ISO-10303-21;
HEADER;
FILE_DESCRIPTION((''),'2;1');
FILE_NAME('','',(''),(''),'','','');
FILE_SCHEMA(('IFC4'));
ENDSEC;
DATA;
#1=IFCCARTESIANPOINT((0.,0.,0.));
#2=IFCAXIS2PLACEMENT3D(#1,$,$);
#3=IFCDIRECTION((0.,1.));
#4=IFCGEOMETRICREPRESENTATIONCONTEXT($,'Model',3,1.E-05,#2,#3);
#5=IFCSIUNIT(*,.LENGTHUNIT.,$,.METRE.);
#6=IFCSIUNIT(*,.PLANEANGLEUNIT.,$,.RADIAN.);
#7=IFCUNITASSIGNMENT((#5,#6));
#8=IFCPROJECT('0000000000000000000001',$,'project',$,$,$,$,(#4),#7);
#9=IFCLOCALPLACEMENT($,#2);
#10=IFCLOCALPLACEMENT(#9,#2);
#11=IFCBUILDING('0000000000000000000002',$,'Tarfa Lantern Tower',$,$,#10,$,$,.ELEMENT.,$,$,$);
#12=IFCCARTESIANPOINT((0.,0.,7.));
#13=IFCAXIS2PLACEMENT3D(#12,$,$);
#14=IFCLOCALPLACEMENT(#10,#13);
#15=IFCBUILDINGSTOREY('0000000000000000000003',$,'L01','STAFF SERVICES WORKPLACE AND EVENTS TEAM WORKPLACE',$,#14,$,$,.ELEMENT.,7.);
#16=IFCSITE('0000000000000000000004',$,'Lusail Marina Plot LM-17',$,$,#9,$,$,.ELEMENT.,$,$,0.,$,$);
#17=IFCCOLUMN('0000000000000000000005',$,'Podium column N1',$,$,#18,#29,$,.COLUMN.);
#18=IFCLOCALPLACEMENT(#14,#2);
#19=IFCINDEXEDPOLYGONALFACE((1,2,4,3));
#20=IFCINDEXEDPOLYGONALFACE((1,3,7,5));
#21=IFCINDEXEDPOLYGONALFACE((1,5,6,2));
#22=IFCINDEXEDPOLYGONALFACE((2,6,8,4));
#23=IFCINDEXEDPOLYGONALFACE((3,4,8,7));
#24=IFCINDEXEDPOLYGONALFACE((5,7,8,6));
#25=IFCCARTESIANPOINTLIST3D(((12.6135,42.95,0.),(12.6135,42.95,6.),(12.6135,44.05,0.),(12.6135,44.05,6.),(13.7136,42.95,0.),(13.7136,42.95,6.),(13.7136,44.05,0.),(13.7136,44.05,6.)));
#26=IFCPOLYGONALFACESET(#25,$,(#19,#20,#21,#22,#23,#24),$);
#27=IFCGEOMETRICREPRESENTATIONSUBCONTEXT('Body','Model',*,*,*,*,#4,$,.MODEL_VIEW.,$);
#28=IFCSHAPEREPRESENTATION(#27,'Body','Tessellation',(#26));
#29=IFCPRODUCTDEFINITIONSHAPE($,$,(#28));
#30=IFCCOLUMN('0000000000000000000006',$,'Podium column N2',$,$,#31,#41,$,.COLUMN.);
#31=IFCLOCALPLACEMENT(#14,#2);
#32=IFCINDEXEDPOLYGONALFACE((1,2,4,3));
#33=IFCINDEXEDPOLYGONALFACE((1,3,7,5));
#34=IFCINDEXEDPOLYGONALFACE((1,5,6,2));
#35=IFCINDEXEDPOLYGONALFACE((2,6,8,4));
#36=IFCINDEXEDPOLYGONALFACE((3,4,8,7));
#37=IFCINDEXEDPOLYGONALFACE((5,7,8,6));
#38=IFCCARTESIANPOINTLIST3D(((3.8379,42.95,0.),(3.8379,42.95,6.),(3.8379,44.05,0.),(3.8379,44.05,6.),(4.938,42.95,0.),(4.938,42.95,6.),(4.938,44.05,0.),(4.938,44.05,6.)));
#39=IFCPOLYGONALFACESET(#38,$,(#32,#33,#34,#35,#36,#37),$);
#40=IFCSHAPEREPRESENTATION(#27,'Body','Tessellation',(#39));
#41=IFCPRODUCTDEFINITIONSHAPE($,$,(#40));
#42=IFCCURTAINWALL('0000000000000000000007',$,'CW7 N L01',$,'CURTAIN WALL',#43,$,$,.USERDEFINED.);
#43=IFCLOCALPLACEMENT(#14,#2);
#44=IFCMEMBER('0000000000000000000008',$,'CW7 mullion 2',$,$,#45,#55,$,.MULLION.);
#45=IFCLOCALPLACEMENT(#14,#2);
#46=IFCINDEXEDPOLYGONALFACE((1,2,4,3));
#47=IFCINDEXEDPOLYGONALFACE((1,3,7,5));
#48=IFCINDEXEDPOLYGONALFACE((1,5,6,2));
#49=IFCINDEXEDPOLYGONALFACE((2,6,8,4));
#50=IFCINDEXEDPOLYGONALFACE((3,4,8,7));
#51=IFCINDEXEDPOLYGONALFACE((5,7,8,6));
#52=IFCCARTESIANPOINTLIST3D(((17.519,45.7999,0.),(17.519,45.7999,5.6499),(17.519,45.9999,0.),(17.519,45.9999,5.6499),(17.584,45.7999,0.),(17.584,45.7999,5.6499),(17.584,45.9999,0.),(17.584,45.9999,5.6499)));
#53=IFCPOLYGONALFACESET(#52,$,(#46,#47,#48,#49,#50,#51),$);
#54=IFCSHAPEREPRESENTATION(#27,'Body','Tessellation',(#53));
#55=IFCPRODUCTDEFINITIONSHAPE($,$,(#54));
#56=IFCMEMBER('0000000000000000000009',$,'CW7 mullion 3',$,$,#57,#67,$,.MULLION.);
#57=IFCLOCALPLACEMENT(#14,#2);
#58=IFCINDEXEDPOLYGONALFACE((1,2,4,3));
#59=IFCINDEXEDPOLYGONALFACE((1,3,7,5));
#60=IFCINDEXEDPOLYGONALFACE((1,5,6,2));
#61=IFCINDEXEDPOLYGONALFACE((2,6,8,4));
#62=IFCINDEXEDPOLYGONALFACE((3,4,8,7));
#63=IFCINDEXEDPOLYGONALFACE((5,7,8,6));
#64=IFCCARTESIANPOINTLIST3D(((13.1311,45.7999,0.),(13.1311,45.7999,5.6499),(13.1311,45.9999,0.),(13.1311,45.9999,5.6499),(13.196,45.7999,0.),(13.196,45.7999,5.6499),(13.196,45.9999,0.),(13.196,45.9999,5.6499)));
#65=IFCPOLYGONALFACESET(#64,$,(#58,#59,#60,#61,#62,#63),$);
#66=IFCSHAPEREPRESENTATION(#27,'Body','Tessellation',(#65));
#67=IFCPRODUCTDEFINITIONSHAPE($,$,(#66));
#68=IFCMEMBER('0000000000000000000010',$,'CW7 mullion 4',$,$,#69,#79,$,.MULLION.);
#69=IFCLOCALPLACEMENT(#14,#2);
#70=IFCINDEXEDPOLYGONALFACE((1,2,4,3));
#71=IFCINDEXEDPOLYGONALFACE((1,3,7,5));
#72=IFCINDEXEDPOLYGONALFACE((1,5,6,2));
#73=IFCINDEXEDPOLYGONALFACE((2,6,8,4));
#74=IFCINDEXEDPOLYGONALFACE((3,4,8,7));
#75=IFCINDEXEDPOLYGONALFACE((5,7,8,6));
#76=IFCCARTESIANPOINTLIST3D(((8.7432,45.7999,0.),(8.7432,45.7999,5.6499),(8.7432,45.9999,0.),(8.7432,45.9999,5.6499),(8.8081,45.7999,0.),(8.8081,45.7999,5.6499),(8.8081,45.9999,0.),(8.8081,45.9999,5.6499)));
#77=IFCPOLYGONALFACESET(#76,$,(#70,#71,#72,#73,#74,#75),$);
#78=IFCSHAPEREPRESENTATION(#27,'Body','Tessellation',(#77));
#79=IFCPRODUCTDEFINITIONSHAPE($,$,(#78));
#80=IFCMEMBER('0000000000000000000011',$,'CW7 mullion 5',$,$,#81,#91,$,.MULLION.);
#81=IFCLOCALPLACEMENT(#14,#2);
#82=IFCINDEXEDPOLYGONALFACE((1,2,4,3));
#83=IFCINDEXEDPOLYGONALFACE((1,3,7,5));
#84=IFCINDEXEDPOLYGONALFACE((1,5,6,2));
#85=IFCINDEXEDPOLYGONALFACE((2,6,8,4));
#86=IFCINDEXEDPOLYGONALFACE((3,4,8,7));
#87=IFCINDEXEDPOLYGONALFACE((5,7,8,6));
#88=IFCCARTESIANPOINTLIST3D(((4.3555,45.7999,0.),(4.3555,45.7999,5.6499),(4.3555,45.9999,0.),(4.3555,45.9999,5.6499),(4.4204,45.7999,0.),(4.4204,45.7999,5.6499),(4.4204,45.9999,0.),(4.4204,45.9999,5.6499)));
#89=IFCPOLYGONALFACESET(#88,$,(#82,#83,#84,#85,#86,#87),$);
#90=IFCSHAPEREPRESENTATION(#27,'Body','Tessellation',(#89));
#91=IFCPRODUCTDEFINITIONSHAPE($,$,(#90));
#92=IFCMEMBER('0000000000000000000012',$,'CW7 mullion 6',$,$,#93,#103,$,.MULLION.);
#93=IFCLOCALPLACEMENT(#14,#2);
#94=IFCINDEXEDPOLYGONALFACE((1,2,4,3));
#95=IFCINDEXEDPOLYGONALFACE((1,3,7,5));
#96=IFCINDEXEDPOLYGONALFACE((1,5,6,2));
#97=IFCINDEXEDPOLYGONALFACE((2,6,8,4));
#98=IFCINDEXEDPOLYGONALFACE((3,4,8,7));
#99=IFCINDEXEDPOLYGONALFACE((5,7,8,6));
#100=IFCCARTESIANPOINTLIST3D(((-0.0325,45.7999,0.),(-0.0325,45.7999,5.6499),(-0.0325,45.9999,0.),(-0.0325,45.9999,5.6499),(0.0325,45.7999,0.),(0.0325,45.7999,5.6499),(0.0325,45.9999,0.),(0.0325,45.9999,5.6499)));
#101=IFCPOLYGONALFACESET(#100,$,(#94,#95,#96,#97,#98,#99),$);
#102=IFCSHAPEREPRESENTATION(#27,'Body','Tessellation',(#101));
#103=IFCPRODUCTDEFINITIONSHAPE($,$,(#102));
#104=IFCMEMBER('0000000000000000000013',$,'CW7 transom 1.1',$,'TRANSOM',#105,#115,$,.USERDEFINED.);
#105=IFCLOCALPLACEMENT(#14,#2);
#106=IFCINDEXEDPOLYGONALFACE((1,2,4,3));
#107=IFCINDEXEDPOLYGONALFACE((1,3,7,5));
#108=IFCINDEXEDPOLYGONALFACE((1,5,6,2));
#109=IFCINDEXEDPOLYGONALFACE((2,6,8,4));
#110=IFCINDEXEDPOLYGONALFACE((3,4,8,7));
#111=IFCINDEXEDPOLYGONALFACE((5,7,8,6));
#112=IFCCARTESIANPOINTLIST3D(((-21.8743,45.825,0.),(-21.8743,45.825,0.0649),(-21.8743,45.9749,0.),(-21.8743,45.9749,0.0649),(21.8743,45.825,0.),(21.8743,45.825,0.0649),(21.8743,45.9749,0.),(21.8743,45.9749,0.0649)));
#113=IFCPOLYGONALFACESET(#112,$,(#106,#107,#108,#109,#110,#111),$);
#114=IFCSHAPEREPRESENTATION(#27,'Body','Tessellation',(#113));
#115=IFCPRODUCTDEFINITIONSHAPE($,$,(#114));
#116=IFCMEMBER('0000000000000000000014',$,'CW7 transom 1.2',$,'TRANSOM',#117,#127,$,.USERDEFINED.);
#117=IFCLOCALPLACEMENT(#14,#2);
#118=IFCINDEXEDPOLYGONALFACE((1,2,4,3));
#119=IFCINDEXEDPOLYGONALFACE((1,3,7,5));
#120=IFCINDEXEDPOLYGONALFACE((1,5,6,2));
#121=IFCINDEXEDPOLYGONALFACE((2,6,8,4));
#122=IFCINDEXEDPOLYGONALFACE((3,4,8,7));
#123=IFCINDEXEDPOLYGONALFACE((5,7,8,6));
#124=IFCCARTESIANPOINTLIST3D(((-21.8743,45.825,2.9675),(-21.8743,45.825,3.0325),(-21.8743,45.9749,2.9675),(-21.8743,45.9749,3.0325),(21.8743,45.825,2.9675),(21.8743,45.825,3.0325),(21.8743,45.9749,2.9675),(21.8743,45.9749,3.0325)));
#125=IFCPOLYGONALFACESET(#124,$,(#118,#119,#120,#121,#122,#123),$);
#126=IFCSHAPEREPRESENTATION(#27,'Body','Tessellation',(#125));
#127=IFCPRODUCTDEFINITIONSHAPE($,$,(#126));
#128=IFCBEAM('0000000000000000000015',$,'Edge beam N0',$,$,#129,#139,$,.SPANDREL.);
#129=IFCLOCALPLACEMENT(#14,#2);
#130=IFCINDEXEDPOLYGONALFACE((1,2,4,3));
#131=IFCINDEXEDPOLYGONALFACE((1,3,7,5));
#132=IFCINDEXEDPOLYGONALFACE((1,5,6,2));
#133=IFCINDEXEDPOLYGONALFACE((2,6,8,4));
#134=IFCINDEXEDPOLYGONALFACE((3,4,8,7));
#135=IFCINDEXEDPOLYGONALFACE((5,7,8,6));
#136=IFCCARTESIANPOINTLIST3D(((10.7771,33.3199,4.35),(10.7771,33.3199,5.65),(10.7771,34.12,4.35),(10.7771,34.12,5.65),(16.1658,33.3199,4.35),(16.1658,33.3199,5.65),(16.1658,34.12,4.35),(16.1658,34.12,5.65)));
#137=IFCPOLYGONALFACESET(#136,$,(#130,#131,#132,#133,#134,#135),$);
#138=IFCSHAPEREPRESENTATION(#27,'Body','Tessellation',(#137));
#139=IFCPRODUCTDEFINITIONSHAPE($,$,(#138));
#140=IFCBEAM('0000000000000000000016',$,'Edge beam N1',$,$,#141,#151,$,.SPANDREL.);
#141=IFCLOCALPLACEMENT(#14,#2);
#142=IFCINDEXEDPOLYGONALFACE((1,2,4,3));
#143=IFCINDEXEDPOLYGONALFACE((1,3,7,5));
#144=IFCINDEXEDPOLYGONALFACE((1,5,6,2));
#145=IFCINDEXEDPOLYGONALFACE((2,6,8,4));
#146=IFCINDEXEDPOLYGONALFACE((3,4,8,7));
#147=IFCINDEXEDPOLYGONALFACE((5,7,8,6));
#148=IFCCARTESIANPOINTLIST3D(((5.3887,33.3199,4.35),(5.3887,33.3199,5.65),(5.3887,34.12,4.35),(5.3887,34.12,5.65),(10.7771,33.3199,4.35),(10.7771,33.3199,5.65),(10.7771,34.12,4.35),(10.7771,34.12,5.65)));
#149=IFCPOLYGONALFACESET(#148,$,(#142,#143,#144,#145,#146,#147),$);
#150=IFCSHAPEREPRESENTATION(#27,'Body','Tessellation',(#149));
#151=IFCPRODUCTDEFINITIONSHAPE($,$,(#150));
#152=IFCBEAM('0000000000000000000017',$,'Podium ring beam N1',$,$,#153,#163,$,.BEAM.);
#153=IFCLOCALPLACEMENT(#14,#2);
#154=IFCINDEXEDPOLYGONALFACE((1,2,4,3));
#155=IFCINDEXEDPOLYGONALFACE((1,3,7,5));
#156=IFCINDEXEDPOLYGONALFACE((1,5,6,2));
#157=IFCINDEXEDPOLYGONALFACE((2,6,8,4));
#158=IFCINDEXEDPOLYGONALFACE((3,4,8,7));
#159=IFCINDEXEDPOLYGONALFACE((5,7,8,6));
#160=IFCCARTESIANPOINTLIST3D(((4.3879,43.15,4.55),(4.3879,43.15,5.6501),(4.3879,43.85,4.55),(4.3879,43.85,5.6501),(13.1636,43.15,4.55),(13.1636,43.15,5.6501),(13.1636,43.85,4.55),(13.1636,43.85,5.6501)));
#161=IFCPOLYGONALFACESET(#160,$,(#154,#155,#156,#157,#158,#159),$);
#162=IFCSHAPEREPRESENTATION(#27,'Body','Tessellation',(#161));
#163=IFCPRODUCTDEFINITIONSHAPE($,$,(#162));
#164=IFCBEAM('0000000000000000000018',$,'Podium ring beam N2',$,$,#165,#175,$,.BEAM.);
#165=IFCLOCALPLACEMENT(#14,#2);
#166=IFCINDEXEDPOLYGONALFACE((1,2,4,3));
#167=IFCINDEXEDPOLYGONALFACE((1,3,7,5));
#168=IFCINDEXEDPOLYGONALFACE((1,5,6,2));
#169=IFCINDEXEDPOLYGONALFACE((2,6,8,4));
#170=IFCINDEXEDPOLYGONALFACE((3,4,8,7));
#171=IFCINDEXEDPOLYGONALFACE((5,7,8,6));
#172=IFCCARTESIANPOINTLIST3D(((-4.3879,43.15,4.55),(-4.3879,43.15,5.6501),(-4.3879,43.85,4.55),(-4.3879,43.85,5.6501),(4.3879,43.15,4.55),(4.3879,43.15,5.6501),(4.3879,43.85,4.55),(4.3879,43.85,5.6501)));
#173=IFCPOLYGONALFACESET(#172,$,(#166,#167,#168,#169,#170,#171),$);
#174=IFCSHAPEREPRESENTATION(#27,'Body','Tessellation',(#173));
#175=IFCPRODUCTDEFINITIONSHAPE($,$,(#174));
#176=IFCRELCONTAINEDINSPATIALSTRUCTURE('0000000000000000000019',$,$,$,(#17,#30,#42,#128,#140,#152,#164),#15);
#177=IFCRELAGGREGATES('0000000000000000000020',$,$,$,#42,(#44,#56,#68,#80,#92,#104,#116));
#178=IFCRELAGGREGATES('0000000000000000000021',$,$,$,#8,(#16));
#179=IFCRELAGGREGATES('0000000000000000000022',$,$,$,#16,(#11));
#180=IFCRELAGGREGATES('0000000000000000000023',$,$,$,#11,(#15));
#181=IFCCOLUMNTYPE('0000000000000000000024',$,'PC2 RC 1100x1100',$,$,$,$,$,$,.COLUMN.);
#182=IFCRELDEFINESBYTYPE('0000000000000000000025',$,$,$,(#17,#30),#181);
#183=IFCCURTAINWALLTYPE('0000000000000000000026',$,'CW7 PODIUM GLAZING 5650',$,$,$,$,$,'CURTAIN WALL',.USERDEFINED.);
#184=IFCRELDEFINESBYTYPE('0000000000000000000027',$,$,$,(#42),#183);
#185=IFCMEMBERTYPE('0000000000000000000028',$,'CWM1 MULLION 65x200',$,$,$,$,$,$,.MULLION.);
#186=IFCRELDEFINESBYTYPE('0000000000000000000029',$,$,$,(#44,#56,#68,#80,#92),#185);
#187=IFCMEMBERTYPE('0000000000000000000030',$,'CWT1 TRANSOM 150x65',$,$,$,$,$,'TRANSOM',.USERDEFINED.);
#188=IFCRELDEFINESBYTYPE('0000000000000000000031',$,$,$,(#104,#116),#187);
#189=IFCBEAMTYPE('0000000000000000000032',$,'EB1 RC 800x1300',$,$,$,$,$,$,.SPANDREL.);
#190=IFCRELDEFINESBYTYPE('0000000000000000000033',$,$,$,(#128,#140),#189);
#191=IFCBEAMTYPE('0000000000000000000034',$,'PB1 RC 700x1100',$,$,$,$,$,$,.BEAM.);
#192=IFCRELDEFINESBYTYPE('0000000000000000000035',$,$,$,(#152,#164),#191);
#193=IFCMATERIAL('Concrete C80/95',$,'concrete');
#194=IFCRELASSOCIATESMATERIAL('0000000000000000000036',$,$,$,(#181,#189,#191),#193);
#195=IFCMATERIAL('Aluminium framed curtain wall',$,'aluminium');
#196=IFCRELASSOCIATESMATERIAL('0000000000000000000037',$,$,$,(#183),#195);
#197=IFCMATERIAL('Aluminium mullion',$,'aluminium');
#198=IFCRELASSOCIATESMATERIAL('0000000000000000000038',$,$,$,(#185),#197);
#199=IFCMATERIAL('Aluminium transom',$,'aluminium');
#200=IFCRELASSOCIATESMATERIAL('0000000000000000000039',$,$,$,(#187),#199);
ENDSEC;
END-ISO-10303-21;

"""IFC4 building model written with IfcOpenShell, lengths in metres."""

from ifc_helpers import new_model, si_unit, direction, frame, origin, origin_2d, place, context, subcontext, project, spatial, rectangle, extrude, material, material_profile, profile_set, type_object, element, aggregate, save


model = new_model("IFC4")

# Units and contexts
model_context = context("Model", 3, precision=1e-05, world=origin(), true_north=direction((0.0, 1.0)))
body_context = subcontext(model_context, "Body", "Model", "MODEL_VIEW")
ifc_project = project(units=[si_unit("LENGTHUNIT", "METRE"), si_unit("PLANEANGLEUNIT", "RADIAN")], contexts=[model_context])

# Site, building, storey
site_placement = place(None, origin())
site = spatial("IfcSite", under=ifc_project, at=site_placement, Name="Lusail Marina Plot LM-17", CompositionType="ELEMENT", RefElevation=0.0)
building_placement = place(site_placement, origin())
building = spatial("IfcBuilding", under=site, at=building_placement, Name="Tarfa Lantern Tower", CompositionType="ELEMENT")
storey_placement = place(building_placement, frame((0.0, 0.0, 7.0)))
storey = spatial("IfcBuildingStorey", under=building, at=storey_placement, Name="L01", Description="STAFF SERVICES WORKPLACE AND EVENTS TEAM WORKPLACE", CompositionType="ELEMENT", Elevation=7.0)

# Columns
ifc_material_1 = material(Name="Concrete C80/95", Category="concrete")
ifc_material_profile_1 = material_profile(ifc_material_1, rectangle(XDim=1.1001, YDim=1.1001, at=origin_2d()), Name="RC 1100x1100")
ifc_profile_set_1 = profile_set([ifc_material_profile_1], Name="Concrete C80/95")
column_type = type_object("IfcColumnType", Name="PC2 RC 1100x1100", PredefinedType="COLUMN", material=ifc_profile_set_1)
for number, where, z_axis, x_axis, name in (
    (1, (13.1636, 43.5, 0.0), (0.0, 0.0, 1.0), (-1.0, 0.0, 0.0), "Podium column N1"),
    (2, (4.3879, 43.5, 0.0), (0.0, 0.0, 1.0), (-1.0, 0.0, 0.0), "Podium column N2"),
):
    element("IfcColumn", number, at=place(storey_placement, frame(where, z_axis=z_axis, x_axis=x_axis)), inside=storey, type_object=column_type, Name=name, PredefinedType="COLUMN", context=body_context, shape_type="SweptSolid", body=[
        extrude(rectangle(XDim=1.1001, YDim=1.1001, at=origin_2d()), origin(), (0.0, 0.0, 1.0), 6.0),
    ])

# Curtain wall, members
ifc_material_2 = material(Name="Aluminium framed curtain wall", Category="aluminium")
curtain_wall_type = type_object("IfcCurtainWallType", Name="CW7 PODIUM GLAZING 5650", ElementType="CURTAIN WALL", PredefinedType="USERDEFINED", material=ifc_material_2)
curtain_wall_placement = place(storey_placement, origin())
curtain_wall = element("IfcCurtainWall", 3, at=curtain_wall_placement, inside=storey, type_object=curtain_wall_type, Name="CW7 N L01", ObjectType="CURTAIN WALL", PredefinedType="USERDEFINED")
ifc_material_3 = material(Name="Aluminium mullion", Category="aluminium")
ifc_material_profile_2 = material_profile(ifc_material_3, rectangle(XDim=0.0649, YDim=0.2, at=origin_2d()), Name="AL MULLION 65x200")
ifc_profile_set_2 = profile_set([ifc_material_profile_2], Name="Aluminium mullion")
member_type_1 = type_object("IfcMemberType", Name="CWM1 MULLION 65x200", PredefinedType="MULLION", material=ifc_profile_set_2)
member_1_placement = place(storey_placement, frame((17.5515, 45.8999, 0.0), z_axis=(0.0, 0.0, 1.0), x_axis=(1.0, 0.0, 0.0)))
member_1 = element("IfcMember", 4, at=member_1_placement, type_object=member_type_1, Name="CW7 mullion 2", PredefinedType="MULLION", context=body_context, shape_type="SweptSolid", body=[
    extrude(rectangle(XDim=0.0649, YDim=0.2, at=origin_2d()), origin(), (0.0, 0.0, 1.0), 5.6499),
])
member_2_placement = place(storey_placement, frame((13.1636, 45.8999, 0.0), z_axis=(0.0, 0.0, 1.0), x_axis=(1.0, 0.0, 0.0)))
member_2 = element("IfcMember", 5, at=member_2_placement, type_object=member_type_1, Name="CW7 mullion 3", PredefinedType="MULLION", context=body_context, shape_type="SweptSolid", body=[
    extrude(rectangle(XDim=0.0649, YDim=0.2, at=origin_2d()), origin(), (0.0, 0.0, 1.0), 5.6499),
])
member_3_placement = place(storey_placement, frame((8.7756, 45.8999, 0.0), z_axis=(0.0, 0.0, 1.0), x_axis=(1.0, 0.0, 0.0)))
member_3 = element("IfcMember", 6, at=member_3_placement, type_object=member_type_1, Name="CW7 mullion 4", PredefinedType="MULLION", context=body_context, shape_type="SweptSolid", body=[
    extrude(rectangle(XDim=0.0649, YDim=0.2, at=origin_2d()), origin(), (0.0, 0.0, 1.0), 5.6499),
])
member_4_placement = place(storey_placement, frame((4.3879, 45.8999, 0.0), z_axis=(0.0, 0.0, 1.0), x_axis=(1.0, 0.0, 0.0)))
member_4 = element("IfcMember", 7, at=member_4_placement, type_object=member_type_1, Name="CW7 mullion 5", PredefinedType="MULLION", context=body_context, shape_type="SweptSolid", body=[
    extrude(rectangle(XDim=0.0649, YDim=0.2, at=origin_2d()), origin(), (0.0, 0.0, 1.0), 5.6499),
])
member_5_placement = place(storey_placement, frame((0.0, 45.8999, 0.0), z_axis=(0.0, 0.0, 1.0), x_axis=(1.0, 0.0, 0.0)))
member_5 = element("IfcMember", 8, at=member_5_placement, type_object=member_type_1, Name="CW7 mullion 6", PredefinedType="MULLION", context=body_context, shape_type="SweptSolid", body=[
    extrude(rectangle(XDim=0.0649, YDim=0.2, at=origin_2d()), origin(), (0.0, 0.0, 1.0), 5.6499),
])
ifc_material_4 = material(Name="Aluminium transom", Category="aluminium")
ifc_material_profile_3 = material_profile(ifc_material_4, rectangle(XDim=0.1499, YDim=0.0649, at=origin_2d()), Name="AL TRANSOM 150x65")
ifc_profile_set_3 = profile_set([ifc_material_profile_3], Name="Aluminium transom")
member_type_2 = type_object("IfcMemberType", Name="CWT1 TRANSOM 150x65", ElementType="TRANSOM", PredefinedType="USERDEFINED", material=ifc_profile_set_3)
member_6_placement = place(storey_placement, frame((21.8743, 45.8999, 0.0325), z_axis=(-1.0, 0.0, 0.0), x_axis=(0.0, -1.0, 0.0)))
member_6 = element("IfcMember", 9, at=member_6_placement, type_object=member_type_2, Name="CW7 transom 1.1", ObjectType="TRANSOM", PredefinedType="USERDEFINED", context=body_context, shape_type="SweptSolid", body=[
    extrude(rectangle(XDim=0.1499, YDim=0.0649, at=origin_2d()), origin(), (0.0, 0.0, 1.0), 43.7485),
])
member_7_placement = place(storey_placement, frame((21.8743, 45.8999, 3.0), z_axis=(-1.0, 0.0, 0.0), x_axis=(0.0, -1.0, 0.0)))
member_7 = element("IfcMember", 10, at=member_7_placement, type_object=member_type_2, Name="CW7 transom 1.2", ObjectType="TRANSOM", PredefinedType="USERDEFINED", context=body_context, shape_type="SweptSolid", body=[
    extrude(rectangle(XDim=0.1499, YDim=0.0649, at=origin_2d()), origin(), (0.0, 0.0, 1.0), 43.7485),
])

# Beams
ifc_material_profile_4 = material_profile(ifc_material_1, rectangle(XDim=0.8, YDim=1.3, at=origin_2d()), Name="RC 800x1300")
ifc_profile_set_4 = profile_set([ifc_material_profile_4], Name="Concrete C80/95")
beam_type_1 = type_object("IfcBeamType", Name="EB1 RC 800x1300", PredefinedType="SPANDREL", material=ifc_profile_set_4)
beam_1_placement = place(storey_placement, frame((16.1658, 33.72, 5.0), z_axis=(-1.0, 0.0, 0.0), x_axis=(0.0, -1.0, 0.0)))
element("IfcBeam", 11, at=beam_1_placement, inside=storey, type_object=beam_type_1, Name="Edge beam N0", PredefinedType="SPANDREL", context=body_context, shape_type="SweptSolid", body=[
    extrude(rectangle(XDim=0.8, YDim=1.3, at=origin_2d()), origin(), (0.0, 0.0, 1.0), 5.3887),
])
beam_2_placement = place(storey_placement, frame((10.7771, 33.72, 5.0), z_axis=(-1.0, 0.0, 0.0), x_axis=(0.0, -1.0, 0.0)))
element("IfcBeam", 12, at=beam_2_placement, inside=storey, type_object=beam_type_1, Name="Edge beam N1", PredefinedType="SPANDREL", context=body_context, shape_type="SweptSolid", body=[
    extrude(rectangle(XDim=0.8, YDim=1.3, at=origin_2d()), origin(), (0.0, 0.0, 1.0), 5.3884),
])
ifc_material_profile_5 = material_profile(ifc_material_1, rectangle(XDim=0.7, YDim=1.1001, at=origin_2d()), Name="RC 700x1100")
ifc_profile_set_5 = profile_set([ifc_material_profile_5], Name="Concrete C80/95")
beam_type_2 = type_object("IfcBeamType", Name="PB1 RC 700x1100", PredefinedType="BEAM", material=ifc_profile_set_5)
beam_3_placement = place(storey_placement, frame((13.1636, 43.5, 5.1001), z_axis=(-1.0, 0.0, 0.0), x_axis=(0.0, -1.0, 0.0)))
element("IfcBeam", 13, at=beam_3_placement, inside=storey, type_object=beam_type_2, Name="Podium ring beam N1", PredefinedType="BEAM", context=body_context, shape_type="SweptSolid", body=[
    extrude(rectangle(XDim=0.7, YDim=1.1001, at=origin_2d()), origin(), (0.0, 0.0, 1.0), 8.7756),
])
beam_4_placement = place(storey_placement, frame((4.3879, 43.5, 5.1001), z_axis=(-1.0, 0.0, 0.0), x_axis=(0.0, -1.0, 0.0)))
element("IfcBeam", 14, at=beam_4_placement, inside=storey, type_object=beam_type_2, Name="Podium ring beam N2", PredefinedType="BEAM", context=body_context, shape_type="SweptSolid", body=[
    extrude(rectangle(XDim=0.7, YDim=1.1001, at=origin_2d()), origin(), (0.0, 0.0, 1.0), 8.7759),
])

aggregate(curtain_wall, [member_1, member_2, member_3, member_4, member_5, member_6, member_7])

save(model, "model.ifc")
